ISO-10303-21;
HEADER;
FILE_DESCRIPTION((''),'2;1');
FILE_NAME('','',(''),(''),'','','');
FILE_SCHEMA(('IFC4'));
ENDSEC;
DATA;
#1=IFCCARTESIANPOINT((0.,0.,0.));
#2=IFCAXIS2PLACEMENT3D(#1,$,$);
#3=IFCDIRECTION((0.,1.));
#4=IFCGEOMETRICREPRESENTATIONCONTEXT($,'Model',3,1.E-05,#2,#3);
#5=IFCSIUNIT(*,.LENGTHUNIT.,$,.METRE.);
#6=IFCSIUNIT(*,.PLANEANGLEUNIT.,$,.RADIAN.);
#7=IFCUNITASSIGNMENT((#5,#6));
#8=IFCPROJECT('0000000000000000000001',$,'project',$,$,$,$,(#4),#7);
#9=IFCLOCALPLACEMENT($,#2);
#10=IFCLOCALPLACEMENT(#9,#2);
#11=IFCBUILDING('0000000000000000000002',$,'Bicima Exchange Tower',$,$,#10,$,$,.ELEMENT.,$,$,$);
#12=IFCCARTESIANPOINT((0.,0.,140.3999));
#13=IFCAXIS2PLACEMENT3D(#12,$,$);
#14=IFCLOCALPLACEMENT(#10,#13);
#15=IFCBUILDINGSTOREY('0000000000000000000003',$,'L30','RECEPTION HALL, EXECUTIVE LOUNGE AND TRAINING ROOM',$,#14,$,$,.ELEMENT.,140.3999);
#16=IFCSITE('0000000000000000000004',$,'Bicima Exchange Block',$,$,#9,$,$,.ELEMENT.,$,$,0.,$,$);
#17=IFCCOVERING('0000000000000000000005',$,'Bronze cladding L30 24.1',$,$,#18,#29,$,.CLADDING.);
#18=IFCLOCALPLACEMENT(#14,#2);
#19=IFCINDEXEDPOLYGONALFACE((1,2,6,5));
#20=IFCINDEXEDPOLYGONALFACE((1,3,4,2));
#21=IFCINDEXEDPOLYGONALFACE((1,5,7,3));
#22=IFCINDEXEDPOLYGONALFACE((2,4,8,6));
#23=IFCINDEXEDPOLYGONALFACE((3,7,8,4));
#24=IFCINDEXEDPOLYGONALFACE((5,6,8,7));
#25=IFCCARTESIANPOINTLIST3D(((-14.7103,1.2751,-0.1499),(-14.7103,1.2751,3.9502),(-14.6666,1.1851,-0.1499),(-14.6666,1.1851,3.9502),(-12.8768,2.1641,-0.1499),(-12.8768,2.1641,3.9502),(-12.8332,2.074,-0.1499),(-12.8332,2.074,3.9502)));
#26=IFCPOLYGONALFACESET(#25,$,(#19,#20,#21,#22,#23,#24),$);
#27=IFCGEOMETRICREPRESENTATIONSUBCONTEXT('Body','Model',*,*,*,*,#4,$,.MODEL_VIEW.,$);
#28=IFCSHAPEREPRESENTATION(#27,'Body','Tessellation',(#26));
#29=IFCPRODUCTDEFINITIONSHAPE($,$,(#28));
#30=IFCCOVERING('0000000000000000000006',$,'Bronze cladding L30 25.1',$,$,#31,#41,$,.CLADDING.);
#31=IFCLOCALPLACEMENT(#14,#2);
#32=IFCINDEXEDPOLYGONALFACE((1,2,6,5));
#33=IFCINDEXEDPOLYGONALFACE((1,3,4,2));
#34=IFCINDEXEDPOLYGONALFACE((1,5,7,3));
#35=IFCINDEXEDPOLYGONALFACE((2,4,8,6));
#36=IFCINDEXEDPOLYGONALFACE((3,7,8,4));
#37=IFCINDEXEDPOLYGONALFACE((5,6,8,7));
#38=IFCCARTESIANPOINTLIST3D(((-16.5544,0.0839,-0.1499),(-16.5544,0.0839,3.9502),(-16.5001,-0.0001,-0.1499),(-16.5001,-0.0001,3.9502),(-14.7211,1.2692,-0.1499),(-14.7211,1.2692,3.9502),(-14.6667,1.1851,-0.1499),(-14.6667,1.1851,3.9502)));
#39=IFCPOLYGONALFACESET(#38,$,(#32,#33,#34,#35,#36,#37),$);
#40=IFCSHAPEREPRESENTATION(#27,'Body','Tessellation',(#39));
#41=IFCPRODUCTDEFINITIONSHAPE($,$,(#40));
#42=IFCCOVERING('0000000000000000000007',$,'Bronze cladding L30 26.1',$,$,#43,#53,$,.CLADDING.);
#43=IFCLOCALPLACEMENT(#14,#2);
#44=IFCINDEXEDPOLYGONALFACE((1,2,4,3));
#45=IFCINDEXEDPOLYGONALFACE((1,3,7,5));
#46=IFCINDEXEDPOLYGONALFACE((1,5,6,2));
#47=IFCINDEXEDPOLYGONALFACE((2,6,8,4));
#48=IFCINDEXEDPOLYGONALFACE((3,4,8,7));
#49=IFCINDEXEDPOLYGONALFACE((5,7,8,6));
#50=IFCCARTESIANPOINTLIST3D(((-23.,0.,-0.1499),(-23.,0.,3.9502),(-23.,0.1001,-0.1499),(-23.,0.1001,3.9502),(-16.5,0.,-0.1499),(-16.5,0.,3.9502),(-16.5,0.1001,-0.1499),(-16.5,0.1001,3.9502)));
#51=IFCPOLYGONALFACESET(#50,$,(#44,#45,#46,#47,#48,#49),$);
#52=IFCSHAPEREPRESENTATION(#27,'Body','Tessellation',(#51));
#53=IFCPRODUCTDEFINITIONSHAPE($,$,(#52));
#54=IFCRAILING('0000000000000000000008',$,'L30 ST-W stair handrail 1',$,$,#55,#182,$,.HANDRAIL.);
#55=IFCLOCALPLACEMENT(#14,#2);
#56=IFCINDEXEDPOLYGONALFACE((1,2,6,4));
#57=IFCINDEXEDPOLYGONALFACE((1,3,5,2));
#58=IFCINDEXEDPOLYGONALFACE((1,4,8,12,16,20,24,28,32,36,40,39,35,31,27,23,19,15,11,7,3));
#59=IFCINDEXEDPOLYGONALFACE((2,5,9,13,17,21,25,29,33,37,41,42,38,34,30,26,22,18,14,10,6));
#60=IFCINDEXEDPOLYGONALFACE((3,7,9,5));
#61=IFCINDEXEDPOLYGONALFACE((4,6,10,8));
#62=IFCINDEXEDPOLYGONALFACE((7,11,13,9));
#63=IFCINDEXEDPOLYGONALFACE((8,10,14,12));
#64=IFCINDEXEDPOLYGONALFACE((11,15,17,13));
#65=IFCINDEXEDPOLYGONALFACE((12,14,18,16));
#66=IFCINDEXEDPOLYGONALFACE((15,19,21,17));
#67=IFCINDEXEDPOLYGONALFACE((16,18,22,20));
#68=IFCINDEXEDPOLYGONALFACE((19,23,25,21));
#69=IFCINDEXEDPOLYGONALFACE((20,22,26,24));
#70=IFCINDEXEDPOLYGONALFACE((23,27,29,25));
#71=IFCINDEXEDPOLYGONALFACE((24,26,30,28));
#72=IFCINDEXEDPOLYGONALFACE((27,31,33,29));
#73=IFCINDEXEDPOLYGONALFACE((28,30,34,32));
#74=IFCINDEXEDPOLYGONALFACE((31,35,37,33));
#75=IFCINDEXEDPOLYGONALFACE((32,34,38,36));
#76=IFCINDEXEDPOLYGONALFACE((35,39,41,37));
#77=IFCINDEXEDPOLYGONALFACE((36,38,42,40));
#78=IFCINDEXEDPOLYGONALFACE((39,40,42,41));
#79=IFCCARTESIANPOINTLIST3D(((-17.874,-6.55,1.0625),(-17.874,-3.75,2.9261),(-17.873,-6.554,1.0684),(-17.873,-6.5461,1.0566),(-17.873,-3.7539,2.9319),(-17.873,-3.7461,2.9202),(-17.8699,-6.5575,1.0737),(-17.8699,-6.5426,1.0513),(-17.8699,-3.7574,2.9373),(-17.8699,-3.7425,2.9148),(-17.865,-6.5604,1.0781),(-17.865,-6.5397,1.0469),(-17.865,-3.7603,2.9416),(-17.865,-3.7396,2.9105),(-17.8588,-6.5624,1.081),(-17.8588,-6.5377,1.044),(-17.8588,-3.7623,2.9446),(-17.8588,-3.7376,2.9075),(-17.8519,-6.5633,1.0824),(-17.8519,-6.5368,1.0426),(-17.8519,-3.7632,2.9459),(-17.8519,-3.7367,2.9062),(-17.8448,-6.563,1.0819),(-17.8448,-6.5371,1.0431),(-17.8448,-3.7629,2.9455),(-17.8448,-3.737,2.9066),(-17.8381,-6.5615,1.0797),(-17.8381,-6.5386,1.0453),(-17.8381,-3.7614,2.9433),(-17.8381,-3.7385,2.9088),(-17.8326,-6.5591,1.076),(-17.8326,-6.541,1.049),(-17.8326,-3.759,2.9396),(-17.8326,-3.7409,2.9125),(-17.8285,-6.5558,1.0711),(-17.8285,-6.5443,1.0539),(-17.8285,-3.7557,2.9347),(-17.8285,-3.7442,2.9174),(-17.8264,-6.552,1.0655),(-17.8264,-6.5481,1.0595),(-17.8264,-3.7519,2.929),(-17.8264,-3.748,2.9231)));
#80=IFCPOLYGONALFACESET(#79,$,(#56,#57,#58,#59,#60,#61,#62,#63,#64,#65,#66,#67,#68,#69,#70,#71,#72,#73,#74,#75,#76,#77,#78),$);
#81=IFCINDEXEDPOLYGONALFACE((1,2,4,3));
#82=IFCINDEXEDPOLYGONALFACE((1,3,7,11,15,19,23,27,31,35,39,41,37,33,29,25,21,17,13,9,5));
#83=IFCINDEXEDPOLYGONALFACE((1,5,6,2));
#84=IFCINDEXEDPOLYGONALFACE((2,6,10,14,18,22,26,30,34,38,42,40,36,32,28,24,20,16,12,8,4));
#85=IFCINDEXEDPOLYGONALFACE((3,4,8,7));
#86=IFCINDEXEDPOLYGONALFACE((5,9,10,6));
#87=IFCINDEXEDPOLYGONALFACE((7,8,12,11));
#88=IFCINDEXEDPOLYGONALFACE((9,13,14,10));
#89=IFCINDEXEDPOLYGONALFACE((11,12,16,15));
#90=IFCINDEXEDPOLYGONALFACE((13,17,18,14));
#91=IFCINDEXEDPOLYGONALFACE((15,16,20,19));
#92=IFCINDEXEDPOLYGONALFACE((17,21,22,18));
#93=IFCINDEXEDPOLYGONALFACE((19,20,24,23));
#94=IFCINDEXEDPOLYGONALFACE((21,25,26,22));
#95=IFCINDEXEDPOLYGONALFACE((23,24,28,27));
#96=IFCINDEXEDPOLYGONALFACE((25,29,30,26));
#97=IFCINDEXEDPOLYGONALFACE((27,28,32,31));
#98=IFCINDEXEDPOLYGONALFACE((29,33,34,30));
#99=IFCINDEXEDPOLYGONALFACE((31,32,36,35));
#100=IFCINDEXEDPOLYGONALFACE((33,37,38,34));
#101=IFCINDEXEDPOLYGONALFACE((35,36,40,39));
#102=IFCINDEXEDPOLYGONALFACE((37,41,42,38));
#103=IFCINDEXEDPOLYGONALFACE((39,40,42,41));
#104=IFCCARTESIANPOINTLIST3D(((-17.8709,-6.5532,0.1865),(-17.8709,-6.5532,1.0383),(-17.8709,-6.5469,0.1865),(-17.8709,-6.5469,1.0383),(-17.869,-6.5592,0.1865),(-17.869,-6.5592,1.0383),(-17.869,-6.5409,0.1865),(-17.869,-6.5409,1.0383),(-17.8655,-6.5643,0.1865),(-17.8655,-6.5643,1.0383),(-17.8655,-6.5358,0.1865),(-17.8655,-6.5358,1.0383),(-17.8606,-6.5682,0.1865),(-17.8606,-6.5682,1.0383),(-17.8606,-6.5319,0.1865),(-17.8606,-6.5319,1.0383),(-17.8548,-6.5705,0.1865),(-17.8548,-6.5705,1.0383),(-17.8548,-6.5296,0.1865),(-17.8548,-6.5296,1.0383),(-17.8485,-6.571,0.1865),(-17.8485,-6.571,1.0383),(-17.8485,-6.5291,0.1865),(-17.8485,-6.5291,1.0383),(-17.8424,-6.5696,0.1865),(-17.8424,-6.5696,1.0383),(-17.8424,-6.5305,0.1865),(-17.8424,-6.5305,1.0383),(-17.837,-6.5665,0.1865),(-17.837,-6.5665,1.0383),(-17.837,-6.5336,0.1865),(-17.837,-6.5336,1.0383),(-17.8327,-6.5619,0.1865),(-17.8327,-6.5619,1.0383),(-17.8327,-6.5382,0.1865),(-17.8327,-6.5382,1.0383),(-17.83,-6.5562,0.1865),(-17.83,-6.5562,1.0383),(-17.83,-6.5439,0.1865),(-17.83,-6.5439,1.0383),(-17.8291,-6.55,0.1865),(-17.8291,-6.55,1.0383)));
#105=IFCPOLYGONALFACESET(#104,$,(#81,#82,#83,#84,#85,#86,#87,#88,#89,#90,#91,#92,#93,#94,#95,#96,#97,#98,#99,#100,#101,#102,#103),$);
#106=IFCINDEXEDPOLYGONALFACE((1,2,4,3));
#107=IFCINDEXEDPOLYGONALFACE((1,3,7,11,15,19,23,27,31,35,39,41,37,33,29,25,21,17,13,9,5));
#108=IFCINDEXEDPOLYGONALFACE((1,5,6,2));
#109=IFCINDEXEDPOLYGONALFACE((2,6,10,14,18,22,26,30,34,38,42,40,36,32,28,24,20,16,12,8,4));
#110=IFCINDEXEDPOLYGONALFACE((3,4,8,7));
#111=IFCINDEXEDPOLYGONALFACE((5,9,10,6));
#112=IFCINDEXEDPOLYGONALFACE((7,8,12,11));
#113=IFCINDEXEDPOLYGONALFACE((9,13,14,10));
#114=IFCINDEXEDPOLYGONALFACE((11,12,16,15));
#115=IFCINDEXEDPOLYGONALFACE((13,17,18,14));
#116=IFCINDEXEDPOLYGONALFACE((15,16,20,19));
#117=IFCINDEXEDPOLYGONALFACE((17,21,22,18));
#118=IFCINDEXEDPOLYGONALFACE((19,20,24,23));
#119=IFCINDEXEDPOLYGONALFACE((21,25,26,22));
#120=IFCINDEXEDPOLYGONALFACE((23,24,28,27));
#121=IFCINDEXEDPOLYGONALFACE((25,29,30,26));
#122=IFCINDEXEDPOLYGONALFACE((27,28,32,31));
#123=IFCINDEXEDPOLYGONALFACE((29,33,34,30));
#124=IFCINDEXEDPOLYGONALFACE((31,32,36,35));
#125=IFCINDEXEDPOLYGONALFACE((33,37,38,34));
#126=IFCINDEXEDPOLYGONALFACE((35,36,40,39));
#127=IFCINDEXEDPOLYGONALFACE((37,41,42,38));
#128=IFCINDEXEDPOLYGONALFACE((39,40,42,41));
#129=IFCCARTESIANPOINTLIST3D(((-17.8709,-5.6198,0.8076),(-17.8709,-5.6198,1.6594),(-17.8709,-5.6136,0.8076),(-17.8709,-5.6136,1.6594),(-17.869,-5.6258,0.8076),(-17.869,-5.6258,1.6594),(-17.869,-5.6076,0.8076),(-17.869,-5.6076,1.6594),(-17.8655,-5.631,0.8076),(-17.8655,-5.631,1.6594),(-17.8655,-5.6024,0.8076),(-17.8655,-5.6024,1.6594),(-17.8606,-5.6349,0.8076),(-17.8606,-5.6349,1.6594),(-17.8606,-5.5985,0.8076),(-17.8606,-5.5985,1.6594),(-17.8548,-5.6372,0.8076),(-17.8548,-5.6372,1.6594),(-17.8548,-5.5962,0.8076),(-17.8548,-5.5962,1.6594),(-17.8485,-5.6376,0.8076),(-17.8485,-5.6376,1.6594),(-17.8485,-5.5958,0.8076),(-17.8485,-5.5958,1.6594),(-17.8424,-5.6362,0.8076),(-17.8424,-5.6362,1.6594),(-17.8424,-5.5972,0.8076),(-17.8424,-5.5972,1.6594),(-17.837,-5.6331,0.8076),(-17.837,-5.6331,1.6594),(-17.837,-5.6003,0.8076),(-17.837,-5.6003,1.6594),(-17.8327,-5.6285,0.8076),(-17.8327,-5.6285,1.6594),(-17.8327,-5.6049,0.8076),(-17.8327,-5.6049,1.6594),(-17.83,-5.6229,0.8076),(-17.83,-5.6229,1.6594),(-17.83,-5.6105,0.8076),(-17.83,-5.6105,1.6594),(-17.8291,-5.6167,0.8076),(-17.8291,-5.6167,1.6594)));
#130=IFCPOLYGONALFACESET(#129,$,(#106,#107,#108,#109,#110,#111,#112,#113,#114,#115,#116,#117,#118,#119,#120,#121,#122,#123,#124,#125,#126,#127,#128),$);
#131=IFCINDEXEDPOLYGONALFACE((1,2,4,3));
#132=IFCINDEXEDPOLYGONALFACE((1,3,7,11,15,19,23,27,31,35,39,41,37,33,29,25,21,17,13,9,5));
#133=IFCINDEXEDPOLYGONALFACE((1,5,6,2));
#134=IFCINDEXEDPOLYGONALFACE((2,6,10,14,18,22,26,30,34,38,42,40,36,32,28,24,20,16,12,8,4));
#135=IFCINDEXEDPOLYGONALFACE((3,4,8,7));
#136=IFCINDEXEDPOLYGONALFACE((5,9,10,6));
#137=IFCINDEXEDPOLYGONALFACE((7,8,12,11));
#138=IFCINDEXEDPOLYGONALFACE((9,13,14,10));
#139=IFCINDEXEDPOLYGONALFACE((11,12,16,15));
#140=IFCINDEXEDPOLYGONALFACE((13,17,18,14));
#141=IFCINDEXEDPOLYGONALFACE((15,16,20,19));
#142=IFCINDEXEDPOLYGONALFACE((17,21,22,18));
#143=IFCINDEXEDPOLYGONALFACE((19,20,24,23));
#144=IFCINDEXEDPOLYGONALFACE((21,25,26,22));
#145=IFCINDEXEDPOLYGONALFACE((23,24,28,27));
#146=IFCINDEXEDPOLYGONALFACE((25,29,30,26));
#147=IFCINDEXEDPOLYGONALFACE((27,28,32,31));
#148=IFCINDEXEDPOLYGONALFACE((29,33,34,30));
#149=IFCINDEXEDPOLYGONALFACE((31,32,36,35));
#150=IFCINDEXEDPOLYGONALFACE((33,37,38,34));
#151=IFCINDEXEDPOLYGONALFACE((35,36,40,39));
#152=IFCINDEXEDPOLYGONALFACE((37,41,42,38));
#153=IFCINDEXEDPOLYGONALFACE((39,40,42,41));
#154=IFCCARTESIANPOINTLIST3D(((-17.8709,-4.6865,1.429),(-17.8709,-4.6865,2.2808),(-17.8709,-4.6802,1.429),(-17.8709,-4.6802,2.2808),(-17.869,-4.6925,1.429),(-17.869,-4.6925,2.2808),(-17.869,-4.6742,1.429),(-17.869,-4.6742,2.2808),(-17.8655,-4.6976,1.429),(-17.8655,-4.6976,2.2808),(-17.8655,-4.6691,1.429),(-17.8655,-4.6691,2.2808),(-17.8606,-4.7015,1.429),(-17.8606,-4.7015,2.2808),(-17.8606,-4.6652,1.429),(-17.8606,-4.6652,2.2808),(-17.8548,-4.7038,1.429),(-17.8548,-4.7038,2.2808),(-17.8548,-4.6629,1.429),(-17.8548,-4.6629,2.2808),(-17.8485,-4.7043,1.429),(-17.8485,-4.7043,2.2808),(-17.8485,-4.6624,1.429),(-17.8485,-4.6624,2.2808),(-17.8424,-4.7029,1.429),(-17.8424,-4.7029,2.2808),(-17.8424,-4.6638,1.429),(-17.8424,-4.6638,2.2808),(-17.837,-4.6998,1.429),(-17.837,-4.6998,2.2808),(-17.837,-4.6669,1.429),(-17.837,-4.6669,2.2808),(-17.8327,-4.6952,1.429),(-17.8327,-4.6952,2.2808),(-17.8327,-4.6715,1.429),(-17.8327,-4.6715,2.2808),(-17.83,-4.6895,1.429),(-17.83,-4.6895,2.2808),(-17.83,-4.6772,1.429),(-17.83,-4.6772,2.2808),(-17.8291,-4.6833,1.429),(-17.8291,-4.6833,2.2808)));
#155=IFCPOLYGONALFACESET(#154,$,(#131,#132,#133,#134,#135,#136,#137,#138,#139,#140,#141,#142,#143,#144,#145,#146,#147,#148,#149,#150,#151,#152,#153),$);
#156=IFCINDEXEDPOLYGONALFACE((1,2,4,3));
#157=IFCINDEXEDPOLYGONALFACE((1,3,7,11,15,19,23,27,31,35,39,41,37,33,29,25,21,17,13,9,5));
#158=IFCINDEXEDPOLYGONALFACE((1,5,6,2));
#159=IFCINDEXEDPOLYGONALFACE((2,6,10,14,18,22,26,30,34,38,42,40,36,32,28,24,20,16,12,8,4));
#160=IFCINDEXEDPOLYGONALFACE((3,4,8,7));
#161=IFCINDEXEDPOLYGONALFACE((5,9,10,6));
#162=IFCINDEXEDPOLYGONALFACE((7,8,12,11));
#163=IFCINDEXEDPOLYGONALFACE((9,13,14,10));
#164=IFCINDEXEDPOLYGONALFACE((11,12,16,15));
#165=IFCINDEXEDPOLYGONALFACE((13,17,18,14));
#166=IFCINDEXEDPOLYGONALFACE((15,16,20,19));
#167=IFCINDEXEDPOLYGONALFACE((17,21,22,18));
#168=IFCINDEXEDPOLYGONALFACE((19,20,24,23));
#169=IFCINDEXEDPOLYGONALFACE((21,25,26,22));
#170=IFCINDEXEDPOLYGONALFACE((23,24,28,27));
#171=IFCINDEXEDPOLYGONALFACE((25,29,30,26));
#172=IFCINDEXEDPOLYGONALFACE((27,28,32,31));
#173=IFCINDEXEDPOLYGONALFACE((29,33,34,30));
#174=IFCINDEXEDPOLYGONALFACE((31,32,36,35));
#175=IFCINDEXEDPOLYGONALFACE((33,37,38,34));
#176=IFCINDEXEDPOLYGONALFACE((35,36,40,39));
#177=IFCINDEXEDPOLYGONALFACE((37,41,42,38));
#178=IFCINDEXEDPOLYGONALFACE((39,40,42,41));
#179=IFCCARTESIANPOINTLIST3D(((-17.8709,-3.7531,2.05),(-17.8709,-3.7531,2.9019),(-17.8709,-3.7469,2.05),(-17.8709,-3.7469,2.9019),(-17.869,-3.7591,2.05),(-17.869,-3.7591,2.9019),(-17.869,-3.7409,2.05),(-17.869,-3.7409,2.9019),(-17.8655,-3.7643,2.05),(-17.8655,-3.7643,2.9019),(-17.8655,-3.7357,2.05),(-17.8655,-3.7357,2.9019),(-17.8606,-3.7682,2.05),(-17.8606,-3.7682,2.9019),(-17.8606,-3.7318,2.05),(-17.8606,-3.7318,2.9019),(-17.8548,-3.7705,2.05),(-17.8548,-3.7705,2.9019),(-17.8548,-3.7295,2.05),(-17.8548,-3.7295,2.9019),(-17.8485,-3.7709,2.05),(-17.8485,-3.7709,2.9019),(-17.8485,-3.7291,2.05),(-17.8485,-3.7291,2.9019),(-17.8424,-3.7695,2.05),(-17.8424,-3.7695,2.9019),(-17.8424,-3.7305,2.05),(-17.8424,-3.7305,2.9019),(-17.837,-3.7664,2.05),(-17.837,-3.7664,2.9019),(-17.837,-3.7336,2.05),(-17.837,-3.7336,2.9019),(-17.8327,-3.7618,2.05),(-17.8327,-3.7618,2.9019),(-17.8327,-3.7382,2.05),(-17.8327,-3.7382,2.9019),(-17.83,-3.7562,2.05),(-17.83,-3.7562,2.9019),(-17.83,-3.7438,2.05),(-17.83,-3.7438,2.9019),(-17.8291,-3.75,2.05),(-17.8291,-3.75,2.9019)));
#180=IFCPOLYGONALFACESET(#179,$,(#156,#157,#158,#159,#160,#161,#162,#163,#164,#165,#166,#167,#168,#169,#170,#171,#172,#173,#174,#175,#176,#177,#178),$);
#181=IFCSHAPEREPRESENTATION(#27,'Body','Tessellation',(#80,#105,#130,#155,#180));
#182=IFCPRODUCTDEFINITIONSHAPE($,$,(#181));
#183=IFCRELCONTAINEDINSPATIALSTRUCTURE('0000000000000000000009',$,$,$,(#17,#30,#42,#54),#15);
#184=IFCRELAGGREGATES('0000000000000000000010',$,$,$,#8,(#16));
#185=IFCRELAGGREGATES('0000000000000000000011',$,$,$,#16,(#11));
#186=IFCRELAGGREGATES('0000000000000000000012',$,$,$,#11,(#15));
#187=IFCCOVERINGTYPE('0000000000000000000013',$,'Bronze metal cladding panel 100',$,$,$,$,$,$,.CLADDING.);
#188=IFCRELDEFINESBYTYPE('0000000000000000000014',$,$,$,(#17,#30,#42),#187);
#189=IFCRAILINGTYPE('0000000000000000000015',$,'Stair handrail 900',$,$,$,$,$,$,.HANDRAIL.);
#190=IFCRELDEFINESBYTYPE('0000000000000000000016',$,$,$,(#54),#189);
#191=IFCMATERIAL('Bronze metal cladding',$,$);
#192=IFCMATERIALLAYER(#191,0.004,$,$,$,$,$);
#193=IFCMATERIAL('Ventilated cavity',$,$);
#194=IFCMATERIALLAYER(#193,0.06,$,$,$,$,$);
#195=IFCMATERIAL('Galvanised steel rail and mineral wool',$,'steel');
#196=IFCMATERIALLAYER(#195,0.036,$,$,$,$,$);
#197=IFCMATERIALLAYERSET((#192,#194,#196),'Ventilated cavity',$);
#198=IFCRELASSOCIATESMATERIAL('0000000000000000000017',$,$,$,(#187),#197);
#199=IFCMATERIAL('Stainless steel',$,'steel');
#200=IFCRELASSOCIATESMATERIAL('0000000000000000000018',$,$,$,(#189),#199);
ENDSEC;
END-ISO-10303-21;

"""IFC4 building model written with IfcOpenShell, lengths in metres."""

from ifc_helpers import new_model, si_unit, direction, frame, origin, origin_2d, place, context, subcontext, project, spatial, rectangle, circle, extrude, material, layer, layer_set, type_object, element, save


model = new_model("IFC4")

# Units and contexts
model_context = context("Model", 3, precision=1e-05, world=origin(), true_north=direction((0.0, 1.0)))
body_context = subcontext(model_context, "Body", "Model", "MODEL_VIEW")
ifc_project = project(units=[si_unit("LENGTHUNIT", "METRE"), si_unit("PLANEANGLEUNIT", "RADIAN")], contexts=[model_context])

# Site, building, storey
site_placement = place(None, origin())
site = spatial("IfcSite", under=ifc_project, at=site_placement, Name="Bicima Exchange Block", CompositionType="ELEMENT", RefElevation=0.0)
building_placement = place(site_placement, origin())
building = spatial("IfcBuilding", under=site, at=building_placement, Name="Bicima Exchange Tower", CompositionType="ELEMENT")
storey_placement = place(building_placement, frame((0.0, 0.0, 140.3999)))
storey = spatial("IfcBuildingStorey", under=building, at=storey_placement, Name="L30", Description="RECEPTION HALL, EXECUTIVE LOUNGE AND TRAINING ROOM", CompositionType="ELEMENT", Elevation=140.3999)

# Shared definitions
ifc_material_1 = material(Name="Stainless steel", Category="steel")

# Coverings
ifc_material_2 = material(Name="Bronze metal cladding")
ifc_layer_1 = layer(ifc_material_2, 0.004)
ifc_material_3 = material(Name="Ventilated cavity")
ifc_layer_2 = layer(ifc_material_3, 0.06)
ifc_material_4 = material(Name="Galvanised steel rail and mineral wool", Category="steel")
ifc_layer_3 = layer(ifc_material_4, 0.036)
ifc_layer_set_1 = layer_set([ifc_layer_1, ifc_layer_2, ifc_layer_3], Name="Ventilated cavity")
covering_type = type_object("IfcCoveringType", Name="Bronze metal cladding panel 100", PredefinedType="CLADDING", material=ifc_layer_set_1)
covering_1_placement = place(storey_placement, frame((-13.7717, 1.6746, -0.1499), z_axis=(0.0, 0.0, 1.0), x_axis=(-0.899818, -0.436265, 0.0)))
element("IfcCovering", 1, at=covering_1_placement, inside=storey, type_object=covering_type, Name="Bronze cladding L30 24.1", PredefinedType="CLADDING", context=body_context, shape_type="SweptSolid", body=[
    extrude(rectangle(XDim=2.0376, YDim=0.1001, at=origin_2d()), origin(), (0.0, 0.0, 1.0), 4.1001),
])
covering_2_placement = place(storey_placement, frame((-15.6106, 0.6345, -0.1499), z_axis=(0.0, 0.0, 1.0), x_axis=(-0.83979, -0.542911, 0.0)))
element("IfcCovering", 2, at=covering_2_placement, inside=storey, type_object=covering_type, Name="Bronze cladding L30 25.1", PredefinedType="CLADDING", context=body_context, shape_type="SweptSolid", body=[
    extrude(rectangle(XDim=2.1831, YDim=0.1001, at=origin_2d()), origin(), (0.0, 0.0, 1.0), 4.1001),
])
covering_3_placement = place(storey_placement, frame((-19.75, 0.05, -0.1499), z_axis=(0.0, 0.0, 1.0), x_axis=(-1.0, 0.0, 0.0)))
element("IfcCovering", 3, at=covering_3_placement, inside=storey, type_object=covering_type, Name="Bronze cladding L30 26.1", PredefinedType="CLADDING", context=body_context, shape_type="SweptSolid", body=[
    extrude(rectangle(XDim=6.5, YDim=0.1001, at=origin_2d()), origin(), (0.0, 0.0, 1.0), 4.1001),
])

# Railing
railing_type_1 = type_object("IfcRailingType", Name="Stair handrail 900", PredefinedType="HANDRAIL", material=ifc_material_1)
railing_1_placement = place(storey_placement, frame((-17.8501, -6.55, 0.1865)))
element("IfcRailing", 4, at=railing_1_placement, inside=storey, type_object=railing_type_1, Name="L30 ST-W stair handrail 1", PredefinedType="HANDRAIL", context=body_context, shape_type="SweptSolid", body=[
    extrude(circle(Radius=0.0239, at=origin_2d()), frame((0.0, 0.0, 0.876), z_axis=(0.0, 0.832486, 0.554047), x_axis=(-1.0, 0.0, 0.0)), (0.0, 0.0, 1.0), 3.3635),
    extrude(circle(Radius=0.021, at=origin_2d()), origin(), (0.0, 0.0, 1.0), 0.8518),
    extrude(circle(Radius=0.021, at=origin_2d()), frame((0.0, 0.9333, 0.6211)), (0.0, 0.0, 1.0), 0.8518),
    extrude(circle(Radius=0.021, at=origin_2d()), frame((0.0, 1.8667, 1.2424)), (0.0, 0.0, 1.0), 0.8518),
    extrude(circle(Radius=0.021, at=origin_2d()), frame((0.0, 2.8, 1.8635)), (0.0, 0.0, 1.0), 0.8518),
])

save(model, "model.ifc")
